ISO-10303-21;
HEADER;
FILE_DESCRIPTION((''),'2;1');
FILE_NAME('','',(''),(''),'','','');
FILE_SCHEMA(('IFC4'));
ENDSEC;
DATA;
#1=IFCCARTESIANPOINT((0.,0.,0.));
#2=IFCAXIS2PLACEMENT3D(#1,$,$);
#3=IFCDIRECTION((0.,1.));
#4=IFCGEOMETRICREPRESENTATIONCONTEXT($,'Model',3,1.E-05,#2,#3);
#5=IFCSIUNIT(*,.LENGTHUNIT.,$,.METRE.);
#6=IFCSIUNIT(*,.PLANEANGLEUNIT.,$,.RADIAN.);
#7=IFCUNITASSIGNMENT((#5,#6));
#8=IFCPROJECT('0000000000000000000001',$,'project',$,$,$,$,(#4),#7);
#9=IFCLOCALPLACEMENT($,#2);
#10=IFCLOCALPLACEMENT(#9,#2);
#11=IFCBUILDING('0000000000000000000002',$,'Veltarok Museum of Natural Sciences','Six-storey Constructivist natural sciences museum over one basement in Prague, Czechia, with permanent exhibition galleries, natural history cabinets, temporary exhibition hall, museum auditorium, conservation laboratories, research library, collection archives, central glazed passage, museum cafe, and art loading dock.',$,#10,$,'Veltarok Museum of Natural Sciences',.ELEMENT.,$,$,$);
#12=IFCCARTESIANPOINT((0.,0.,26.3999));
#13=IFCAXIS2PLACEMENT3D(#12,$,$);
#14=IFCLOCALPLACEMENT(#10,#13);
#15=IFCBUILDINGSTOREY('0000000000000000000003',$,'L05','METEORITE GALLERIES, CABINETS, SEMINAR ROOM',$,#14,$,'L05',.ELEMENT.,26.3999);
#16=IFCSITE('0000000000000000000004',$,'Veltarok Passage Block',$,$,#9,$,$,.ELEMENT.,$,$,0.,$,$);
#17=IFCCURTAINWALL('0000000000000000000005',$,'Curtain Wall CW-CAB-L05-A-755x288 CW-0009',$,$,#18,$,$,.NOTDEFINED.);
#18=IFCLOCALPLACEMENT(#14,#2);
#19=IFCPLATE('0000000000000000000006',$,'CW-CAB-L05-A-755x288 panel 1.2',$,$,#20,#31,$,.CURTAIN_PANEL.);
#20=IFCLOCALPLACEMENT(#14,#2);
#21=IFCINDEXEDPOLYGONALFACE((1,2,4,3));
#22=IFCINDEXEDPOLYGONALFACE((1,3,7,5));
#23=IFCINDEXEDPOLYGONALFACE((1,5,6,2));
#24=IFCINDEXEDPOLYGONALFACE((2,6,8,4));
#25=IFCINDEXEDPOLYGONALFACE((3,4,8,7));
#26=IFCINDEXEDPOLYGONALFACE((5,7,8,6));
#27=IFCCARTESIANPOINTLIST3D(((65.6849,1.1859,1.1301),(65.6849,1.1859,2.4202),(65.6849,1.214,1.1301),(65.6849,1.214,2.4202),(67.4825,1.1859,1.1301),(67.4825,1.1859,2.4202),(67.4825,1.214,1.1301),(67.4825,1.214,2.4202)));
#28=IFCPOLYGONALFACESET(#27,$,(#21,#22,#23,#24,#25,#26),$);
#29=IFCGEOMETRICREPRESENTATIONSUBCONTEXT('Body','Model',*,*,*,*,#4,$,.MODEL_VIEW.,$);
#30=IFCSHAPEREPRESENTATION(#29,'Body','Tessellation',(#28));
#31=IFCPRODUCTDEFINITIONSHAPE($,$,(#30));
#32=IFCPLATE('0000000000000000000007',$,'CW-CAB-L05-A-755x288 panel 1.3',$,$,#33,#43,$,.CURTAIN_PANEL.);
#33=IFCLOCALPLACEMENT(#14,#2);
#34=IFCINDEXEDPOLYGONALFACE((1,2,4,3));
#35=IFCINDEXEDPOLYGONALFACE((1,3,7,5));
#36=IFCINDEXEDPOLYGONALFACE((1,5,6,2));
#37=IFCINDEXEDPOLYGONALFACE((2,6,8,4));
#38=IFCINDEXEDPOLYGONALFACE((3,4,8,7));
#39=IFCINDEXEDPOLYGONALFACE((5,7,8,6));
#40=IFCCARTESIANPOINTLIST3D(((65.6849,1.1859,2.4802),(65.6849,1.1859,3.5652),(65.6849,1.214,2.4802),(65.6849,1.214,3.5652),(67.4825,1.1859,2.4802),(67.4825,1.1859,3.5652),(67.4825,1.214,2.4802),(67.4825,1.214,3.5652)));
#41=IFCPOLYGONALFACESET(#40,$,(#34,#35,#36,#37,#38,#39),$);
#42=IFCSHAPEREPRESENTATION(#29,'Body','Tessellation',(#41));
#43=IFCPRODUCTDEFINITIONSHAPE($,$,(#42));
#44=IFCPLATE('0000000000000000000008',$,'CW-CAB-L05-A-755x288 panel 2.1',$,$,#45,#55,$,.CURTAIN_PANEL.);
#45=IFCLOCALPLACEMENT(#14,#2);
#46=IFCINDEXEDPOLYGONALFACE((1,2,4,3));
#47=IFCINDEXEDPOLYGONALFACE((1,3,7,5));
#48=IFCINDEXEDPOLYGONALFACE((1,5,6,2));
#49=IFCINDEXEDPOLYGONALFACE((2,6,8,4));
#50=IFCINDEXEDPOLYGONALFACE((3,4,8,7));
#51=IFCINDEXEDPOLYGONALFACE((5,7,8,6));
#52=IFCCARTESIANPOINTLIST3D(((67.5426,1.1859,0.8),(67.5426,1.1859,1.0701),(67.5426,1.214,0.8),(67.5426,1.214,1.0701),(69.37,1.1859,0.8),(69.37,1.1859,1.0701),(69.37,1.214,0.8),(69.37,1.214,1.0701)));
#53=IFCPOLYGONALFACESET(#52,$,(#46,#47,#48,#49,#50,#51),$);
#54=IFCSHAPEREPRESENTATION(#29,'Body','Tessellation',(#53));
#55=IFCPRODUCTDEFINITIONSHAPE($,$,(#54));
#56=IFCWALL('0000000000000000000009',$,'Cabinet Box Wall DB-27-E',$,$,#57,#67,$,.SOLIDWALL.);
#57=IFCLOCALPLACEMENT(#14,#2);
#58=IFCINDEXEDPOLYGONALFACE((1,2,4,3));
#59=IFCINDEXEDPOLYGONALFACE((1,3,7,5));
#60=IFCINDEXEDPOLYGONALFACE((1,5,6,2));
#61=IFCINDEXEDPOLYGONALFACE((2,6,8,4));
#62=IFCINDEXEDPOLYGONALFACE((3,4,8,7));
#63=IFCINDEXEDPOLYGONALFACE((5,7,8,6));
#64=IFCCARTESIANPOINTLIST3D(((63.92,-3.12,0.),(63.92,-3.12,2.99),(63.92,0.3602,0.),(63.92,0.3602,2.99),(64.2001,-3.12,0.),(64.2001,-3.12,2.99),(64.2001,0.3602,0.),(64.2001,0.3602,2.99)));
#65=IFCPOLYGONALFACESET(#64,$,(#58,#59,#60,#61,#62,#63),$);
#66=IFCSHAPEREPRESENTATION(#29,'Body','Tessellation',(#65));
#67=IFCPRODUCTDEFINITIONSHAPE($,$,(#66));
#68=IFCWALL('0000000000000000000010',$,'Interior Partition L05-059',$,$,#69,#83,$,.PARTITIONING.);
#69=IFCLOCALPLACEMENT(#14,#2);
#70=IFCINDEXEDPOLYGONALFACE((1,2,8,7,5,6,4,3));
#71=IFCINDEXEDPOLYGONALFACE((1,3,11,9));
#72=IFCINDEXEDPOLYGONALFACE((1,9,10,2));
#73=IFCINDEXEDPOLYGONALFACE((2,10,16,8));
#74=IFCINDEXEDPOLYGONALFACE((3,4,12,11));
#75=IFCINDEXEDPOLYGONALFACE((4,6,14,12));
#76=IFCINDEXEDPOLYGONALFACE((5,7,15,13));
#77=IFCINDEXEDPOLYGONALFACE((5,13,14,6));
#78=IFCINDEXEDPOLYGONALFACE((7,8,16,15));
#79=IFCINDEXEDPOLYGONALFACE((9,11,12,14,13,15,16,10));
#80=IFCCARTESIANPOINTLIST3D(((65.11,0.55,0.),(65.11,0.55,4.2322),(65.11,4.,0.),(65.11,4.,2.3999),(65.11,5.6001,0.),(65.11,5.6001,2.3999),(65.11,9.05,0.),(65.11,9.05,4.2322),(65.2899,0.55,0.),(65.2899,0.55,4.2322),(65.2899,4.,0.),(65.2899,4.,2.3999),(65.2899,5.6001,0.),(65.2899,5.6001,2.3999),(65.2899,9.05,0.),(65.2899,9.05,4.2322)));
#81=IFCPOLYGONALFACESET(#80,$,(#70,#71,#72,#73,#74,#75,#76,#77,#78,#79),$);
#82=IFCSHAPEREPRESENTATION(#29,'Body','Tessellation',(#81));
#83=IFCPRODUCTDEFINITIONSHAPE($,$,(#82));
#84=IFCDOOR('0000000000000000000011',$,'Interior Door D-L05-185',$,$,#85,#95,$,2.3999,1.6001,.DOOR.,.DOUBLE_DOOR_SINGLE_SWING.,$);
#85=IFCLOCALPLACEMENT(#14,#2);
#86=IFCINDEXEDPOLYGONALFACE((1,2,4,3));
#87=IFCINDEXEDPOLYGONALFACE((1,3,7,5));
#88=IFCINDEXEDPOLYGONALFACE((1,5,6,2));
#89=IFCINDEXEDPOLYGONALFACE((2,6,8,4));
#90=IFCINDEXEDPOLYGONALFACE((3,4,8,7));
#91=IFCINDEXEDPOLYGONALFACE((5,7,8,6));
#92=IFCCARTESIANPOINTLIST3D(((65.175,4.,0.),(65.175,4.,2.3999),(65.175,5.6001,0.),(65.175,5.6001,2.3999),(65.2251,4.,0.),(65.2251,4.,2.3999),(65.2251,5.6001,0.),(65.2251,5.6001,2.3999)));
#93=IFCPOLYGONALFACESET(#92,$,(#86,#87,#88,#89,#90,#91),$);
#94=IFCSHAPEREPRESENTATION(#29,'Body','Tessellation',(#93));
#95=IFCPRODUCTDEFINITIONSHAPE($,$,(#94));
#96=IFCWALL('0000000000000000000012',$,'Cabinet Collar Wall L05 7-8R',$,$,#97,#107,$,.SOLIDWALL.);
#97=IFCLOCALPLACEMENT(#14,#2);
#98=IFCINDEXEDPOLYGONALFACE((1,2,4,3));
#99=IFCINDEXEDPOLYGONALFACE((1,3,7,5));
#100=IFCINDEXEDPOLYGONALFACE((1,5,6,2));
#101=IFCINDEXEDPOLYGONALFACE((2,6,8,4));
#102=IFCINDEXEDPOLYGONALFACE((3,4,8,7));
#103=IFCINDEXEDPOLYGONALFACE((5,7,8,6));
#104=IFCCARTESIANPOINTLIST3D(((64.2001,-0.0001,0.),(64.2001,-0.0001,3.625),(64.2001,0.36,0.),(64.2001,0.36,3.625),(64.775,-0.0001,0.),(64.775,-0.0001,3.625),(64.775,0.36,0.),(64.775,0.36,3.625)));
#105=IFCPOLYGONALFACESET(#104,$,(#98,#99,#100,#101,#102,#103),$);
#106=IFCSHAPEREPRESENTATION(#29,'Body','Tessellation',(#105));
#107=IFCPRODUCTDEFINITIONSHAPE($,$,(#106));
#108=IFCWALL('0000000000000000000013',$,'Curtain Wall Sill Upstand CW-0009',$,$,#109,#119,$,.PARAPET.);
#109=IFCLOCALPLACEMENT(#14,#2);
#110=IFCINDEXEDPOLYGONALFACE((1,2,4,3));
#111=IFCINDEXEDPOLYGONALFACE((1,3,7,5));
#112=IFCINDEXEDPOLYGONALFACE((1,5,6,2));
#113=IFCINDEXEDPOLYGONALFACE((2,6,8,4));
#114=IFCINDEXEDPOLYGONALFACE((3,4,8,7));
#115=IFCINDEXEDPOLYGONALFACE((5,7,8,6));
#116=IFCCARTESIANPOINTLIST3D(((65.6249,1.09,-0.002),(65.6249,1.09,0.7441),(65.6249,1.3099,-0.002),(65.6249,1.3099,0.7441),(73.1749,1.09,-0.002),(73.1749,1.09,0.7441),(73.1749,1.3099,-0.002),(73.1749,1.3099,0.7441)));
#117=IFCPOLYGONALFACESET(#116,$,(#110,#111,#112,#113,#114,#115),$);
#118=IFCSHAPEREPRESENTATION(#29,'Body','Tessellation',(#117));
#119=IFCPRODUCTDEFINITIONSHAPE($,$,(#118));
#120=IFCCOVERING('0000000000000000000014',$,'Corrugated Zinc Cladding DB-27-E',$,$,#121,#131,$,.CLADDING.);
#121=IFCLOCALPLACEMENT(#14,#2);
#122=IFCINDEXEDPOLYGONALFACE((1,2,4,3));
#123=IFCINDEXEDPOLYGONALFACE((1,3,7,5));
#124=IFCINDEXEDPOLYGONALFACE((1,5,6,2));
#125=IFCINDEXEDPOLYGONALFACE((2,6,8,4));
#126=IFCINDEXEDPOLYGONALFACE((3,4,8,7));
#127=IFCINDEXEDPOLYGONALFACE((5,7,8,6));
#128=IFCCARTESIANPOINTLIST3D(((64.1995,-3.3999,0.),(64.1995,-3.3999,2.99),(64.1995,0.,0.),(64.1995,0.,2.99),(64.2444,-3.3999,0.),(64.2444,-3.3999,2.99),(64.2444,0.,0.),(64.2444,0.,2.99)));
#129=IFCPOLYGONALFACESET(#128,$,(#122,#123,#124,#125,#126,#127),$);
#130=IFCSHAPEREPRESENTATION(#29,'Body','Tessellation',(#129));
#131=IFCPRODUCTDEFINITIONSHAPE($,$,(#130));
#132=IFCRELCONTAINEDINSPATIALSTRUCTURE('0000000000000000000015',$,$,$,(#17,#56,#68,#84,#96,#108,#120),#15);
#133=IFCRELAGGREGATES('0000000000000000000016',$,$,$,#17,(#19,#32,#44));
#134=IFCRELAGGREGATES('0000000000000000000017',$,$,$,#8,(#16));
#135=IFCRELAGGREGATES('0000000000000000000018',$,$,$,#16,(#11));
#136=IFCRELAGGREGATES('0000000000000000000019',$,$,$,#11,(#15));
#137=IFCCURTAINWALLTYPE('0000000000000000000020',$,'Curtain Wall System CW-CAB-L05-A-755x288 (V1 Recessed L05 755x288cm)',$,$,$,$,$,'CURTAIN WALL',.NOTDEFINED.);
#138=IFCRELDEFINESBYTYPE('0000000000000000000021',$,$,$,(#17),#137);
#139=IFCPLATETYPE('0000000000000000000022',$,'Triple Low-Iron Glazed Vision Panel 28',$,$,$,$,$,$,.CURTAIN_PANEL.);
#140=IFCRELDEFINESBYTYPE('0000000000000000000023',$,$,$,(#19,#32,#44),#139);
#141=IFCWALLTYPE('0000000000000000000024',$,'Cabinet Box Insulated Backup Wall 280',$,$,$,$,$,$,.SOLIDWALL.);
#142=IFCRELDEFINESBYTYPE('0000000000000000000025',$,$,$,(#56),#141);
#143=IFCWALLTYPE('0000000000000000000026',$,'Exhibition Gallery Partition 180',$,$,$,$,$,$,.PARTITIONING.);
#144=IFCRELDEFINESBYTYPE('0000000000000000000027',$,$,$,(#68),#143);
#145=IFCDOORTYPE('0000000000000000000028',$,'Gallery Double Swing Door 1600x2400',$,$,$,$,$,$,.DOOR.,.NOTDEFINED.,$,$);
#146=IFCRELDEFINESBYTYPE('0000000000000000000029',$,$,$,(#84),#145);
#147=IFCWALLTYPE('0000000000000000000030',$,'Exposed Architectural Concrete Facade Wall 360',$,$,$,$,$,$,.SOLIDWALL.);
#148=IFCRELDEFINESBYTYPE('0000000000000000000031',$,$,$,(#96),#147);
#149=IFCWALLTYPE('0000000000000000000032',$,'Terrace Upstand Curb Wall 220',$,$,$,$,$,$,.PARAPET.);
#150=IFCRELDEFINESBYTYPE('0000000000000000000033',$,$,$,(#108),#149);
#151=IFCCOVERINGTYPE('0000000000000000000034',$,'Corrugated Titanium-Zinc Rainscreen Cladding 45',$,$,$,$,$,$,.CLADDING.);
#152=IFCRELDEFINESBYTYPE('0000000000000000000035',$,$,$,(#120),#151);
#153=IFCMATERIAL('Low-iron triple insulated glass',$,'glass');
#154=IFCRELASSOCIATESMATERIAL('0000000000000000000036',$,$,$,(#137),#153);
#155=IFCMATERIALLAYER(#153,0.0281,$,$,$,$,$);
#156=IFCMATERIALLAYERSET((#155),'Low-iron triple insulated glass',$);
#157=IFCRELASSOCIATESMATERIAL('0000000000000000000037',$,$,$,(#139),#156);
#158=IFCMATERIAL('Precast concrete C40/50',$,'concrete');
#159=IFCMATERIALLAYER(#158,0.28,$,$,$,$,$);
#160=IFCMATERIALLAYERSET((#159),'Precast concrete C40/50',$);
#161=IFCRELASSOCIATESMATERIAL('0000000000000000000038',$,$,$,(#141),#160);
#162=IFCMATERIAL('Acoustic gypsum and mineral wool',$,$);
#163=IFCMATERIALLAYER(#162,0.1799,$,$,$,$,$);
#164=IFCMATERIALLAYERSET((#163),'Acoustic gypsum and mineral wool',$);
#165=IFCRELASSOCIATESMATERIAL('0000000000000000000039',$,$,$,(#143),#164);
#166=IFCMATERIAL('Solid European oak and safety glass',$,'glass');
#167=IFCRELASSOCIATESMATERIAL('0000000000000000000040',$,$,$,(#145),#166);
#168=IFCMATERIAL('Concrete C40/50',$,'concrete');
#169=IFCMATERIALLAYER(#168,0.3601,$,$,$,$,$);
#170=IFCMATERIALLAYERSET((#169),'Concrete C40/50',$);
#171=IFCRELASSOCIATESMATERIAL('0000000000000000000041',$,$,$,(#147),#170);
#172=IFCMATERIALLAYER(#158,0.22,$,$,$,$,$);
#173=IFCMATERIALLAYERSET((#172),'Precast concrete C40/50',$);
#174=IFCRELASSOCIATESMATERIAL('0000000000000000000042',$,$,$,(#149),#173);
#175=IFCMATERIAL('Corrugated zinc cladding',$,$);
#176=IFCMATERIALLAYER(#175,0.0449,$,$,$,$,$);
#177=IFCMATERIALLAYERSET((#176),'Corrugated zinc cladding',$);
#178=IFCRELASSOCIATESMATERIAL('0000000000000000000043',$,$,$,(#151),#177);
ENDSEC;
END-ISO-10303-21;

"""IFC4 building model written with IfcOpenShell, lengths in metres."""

from ifc_helpers import new_model, si_unit, direction, frame, frame_2d, origin, origin_2d, place, context, subcontext, project, spatial, rectangle, extrude, material, layer, layer_set, type_object, element, fill, aggregate, save


model = new_model("IFC4")

# Units and contexts
model_context = context("Model", 3, precision=1e-05, world=origin(), true_north=direction((0.0, 1.0)))
body_context = subcontext(model_context, "Body", "Model", "MODEL_VIEW")
ifc_project = project(units=[si_unit("LENGTHUNIT", "METRE"), si_unit("PLANEANGLEUNIT", "RADIAN")], contexts=[model_context])

# Site, building, storey
site_placement = place(None, origin())
site = spatial("IfcSite", under=ifc_project, at=site_placement, Name="Veltarok Passage Block", CompositionType="ELEMENT", RefElevation=0.0)
building_placement = place(site_placement, origin())
building = spatial("IfcBuilding", under=site, at=building_placement, Name="Veltarok Museum of Natural Sciences", Description="Six-storey Constructivist natural sciences museum over one basement in Prague, Czechia, with permanent exhibition galleries, natural history cabinets, temporary exhibition hall, museum auditorium, conservation laboratories, research library, collection archives, central glazed passage, museum cafe, and art loading dock.", LongName="Veltarok Museum of Natural Sciences", CompositionType="ELEMENT")
storey_placement = place(building_placement, frame((0.0, 0.0, 26.3999)))
storey = spatial("IfcBuildingStorey", under=building, at=storey_placement, Name="L05", Description="METEORITE GALLERIES, CABINETS, SEMINAR ROOM", LongName="L05", CompositionType="ELEMENT", Elevation=26.3999)

# Shared definitions
ifc_material_1 = material(Name="Concrete C40/50", Category="concrete")

# Curtain wall
ifc_material_2 = material(Name="Low-iron triple insulated glass", Category="glass")
curtain_wall_type = type_object("IfcCurtainWallType", Name="Curtain Wall System CW-CAB-L05-A-755x288 (V1 Recessed L05 755x288cm)", ElementType="CURTAIN WALL", PredefinedType="NOTDEFINED", material=ifc_material_2)
curtain_wall_placement = place(storey_placement, origin())
curtain_wall = element("IfcCurtainWall", 1, at=curtain_wall_placement, inside=storey, type_object=curtain_wall_type, Name="Curtain Wall CW-CAB-L05-A-755x288 CW-0009", PredefinedType="NOTDEFINED")

# Plates
ifc_layer_1 = layer(ifc_material_2, 0.0281)
ifc_layer_set_1 = layer_set([ifc_layer_1], Name="Low-iron triple insulated glass")
plate_type = type_object("IfcPlateType", Name="Triple Low-Iron Glazed Vision Panel 28", PredefinedType="CURTAIN_PANEL", material=ifc_layer_set_1)
plate_1_placement = place(storey_placement, frame((66.5837, 1.2, 1.1301), z_axis=(0.0, 0.0, 1.0), x_axis=(1.0, 0.0, 0.0)))
plate_1 = element("IfcPlate", 2, at=plate_1_placement, type_object=plate_type, Name="CW-CAB-L05-A-755x288 panel 1.2", PredefinedType="CURTAIN_PANEL", context=body_context, shape_type="SweptSolid", body=[
    extrude(rectangle(XDim=1.7976, YDim=0.0281, at=origin_2d()), origin(), (0.0, 0.0, 1.0), 1.29),
])
plate_2_placement = place(storey_placement, frame((66.5837, 1.2, 2.4802), z_axis=(0.0, 0.0, 1.0), x_axis=(1.0, 0.0, 0.0)))
plate_2 = element("IfcPlate", 3, at=plate_2_placement, type_object=plate_type, Name="CW-CAB-L05-A-755x288 panel 1.3", PredefinedType="CURTAIN_PANEL", context=body_context, shape_type="SweptSolid", body=[
    extrude(rectangle(XDim=1.7976, YDim=0.0281, at=origin_2d()), origin(), (0.0, 0.0, 1.0), 1.085),
])
plate_3_placement = place(storey_placement, frame((68.4563, 1.2, 0.8), z_axis=(0.0, 0.0, 1.0), x_axis=(1.0, 0.0, 0.0)))
plate_3 = element("IfcPlate", 4, at=plate_3_placement, type_object=plate_type, Name="CW-CAB-L05-A-755x288 panel 2.1", PredefinedType="CURTAIN_PANEL", context=body_context, shape_type="SweptSolid", body=[
    extrude(rectangle(XDim=1.8274, YDim=0.0281, at=origin_2d()), origin(), (0.0, 0.0, 1.0), 0.27),
])
aggregate(curtain_wall, [plate_1, plate_2, plate_3])

# Wall
ifc_material_3 = material(Name="Precast concrete C40/50", Category="concrete")
ifc_layer_2 = layer(ifc_material_3, 0.28)
ifc_layer_set_2 = layer_set([ifc_layer_2], Name="Precast concrete C40/50")
wall_type_1 = type_object("IfcWallType", Name="Cabinet Box Insulated Backup Wall 280", PredefinedType="SOLIDWALL", material=ifc_layer_set_2)
wall_1_placement = place(storey_placement, frame((64.0601, -3.1201, 0.0), z_axis=(0.0, 0.0, 1.0), x_axis=(0.0, 1.0, 0.0)))
element("IfcWall", 5, at=wall_1_placement, inside=storey, type_object=wall_type_1, Name="Cabinet Box Wall DB-27-E", PredefinedType="SOLIDWALL", context=body_context, shape_type="SweptSolid", body=[
    extrude(rectangle(XDim=3.4802, YDim=0.28, at=frame_2d((1.7402, 0.0))), origin(), (0.0, 0.0, 1.0), 2.99),
])

# Wall, opening, door
ifc_material_4 = material(Name="Acoustic gypsum and mineral wool")
ifc_layer_3 = layer(ifc_material_4, 0.1799)
ifc_layer_set_3 = layer_set([ifc_layer_3], Name="Acoustic gypsum and mineral wool")
wall_type_2 = type_object("IfcWallType", Name="Exhibition Gallery Partition 180", PredefinedType="PARTITIONING", material=ifc_layer_set_3)
wall_2_placement = place(storey_placement, frame((65.2, 0.55, 0.0), z_axis=(0.0, 0.0, 1.0), x_axis=(0.0, 1.0, 0.0)))
wall_2 = element("IfcWall", 6, at=wall_2_placement, inside=storey, type_object=wall_type_2, Name="Interior Partition L05-059", PredefinedType="PARTITIONING", context=body_context, shape_type="SweptSolid", body=[
    extrude(rectangle(XDim=8.5, YDim=0.1799, at=frame_2d((4.25, 0.0))), origin(), (0.0, 0.0, 1.0), 4.2322),
])
opening_placement = place(wall_2_placement, frame((3.45, 0.0, 0.0)))
opening = element("IfcOpeningElement", 7, at=opening_placement, cuts=wall_2, PredefinedType="OPENING", context=body_context, shape_type="SweptSolid", body=[
    extrude(rectangle(XDim=1.6001, YDim=2.3999, at=frame_2d((0.8, 1.2))), frame((0.0, 0.1001, 0.0), z_axis=(0.0, -1.0, 0.0), x_axis=(1.0, 0.0, 0.0)), (0.0, 0.0, 1.0), 0.2),
])
ifc_material_5 = material(Name="Solid European oak and safety glass", Category="glass")
door_type = type_object("IfcDoorType", Name="Gallery Double Swing Door 1600x2400", OperationType="NOTDEFINED", PredefinedType="DOOR", material=ifc_material_5)
door_placement = place(opening_placement, origin())
door = element("IfcDoor", 8, at=door_placement, inside=storey, type_object=door_type, Name="Interior Door D-L05-185", OperationType="DOUBLE_DOOR_SINGLE_SWING", OverallHeight=2.3999, OverallWidth=1.6001, PredefinedType="DOOR", context=body_context, shape_type="SweptSolid", body=[
    extrude(rectangle(XDim=1.6001, YDim=2.3999, at=frame_2d((0.8, 1.2))), frame((0.0, 0.0249, 0.0), z_axis=(0.0, -1.0, 0.0), x_axis=(1.0, 0.0, 0.0)), (0.0, 0.0, 1.0), 0.05),
])
fill(opening, door)

# Walls
ifc_layer_4 = layer(ifc_material_1, 0.3601)
ifc_layer_set_4 = layer_set([ifc_layer_4], Name="Concrete C40/50")
wall_type_3 = type_object("IfcWallType", Name="Exposed Architectural Concrete Facade Wall 360", PredefinedType="SOLIDWALL", material=ifc_layer_set_4)
wall_3_placement = place(storey_placement, frame((64.2, 0.1799, 0.0), z_axis=(0.0, 0.0, 1.0), x_axis=(1.0, 0.0, 0.0)))
element("IfcWall", 9, at=wall_3_placement, inside=storey, type_object=wall_type_3, Name="Cabinet Collar Wall L05 7-8R", PredefinedType="SOLIDWALL", context=body_context, shape_type="SweptSolid", body=[
    extrude(rectangle(XDim=0.575, YDim=0.3601, at=frame_2d((0.2876, 0.0))), origin(), (0.0, 0.0, 1.0), 3.625),
])
ifc_layer_5 = layer(ifc_material_3, 0.22)
ifc_layer_set_5 = layer_set([ifc_layer_5], Name="Precast concrete C40/50")
wall_type_4 = type_object("IfcWallType", Name="Terrace Upstand Curb Wall 220", PredefinedType="PARAPET", material=ifc_layer_set_5)
wall_4_placement = place(storey_placement, frame((65.625, 1.2, -0.002), z_axis=(0.0, 0.0, 1.0), x_axis=(1.0, 0.0, 0.0)))
element("IfcWall", 10, at=wall_4_placement, inside=storey, type_object=wall_type_4, Name="Curtain Wall Sill Upstand CW-0009", PredefinedType="PARAPET", context=body_context, shape_type="SweptSolid", body=[
    extrude(rectangle(XDim=7.55, YDim=0.22, at=frame_2d((3.7749, 0.0))), origin(), (0.0, 0.0, 1.0), 0.7461),
])

# Covering
ifc_material_6 = material(Name="Corrugated zinc cladding")
ifc_layer_6 = layer(ifc_material_6, 0.0449)
ifc_layer_set_6 = layer_set([ifc_layer_6], Name="Corrugated zinc cladding")
covering_type = type_object("IfcCoveringType", Name="Corrugated Titanium-Zinc Rainscreen Cladding 45", PredefinedType="CLADDING", material=ifc_layer_set_6)
covering_placement = place(storey_placement, frame((64.2219, -3.3999, 0.0), z_axis=(0.0, 0.0, 1.0), x_axis=(0.0, 1.0, 0.0)))
element("IfcCovering", 11, at=covering_placement, inside=storey, type_object=covering_type, Name="Corrugated Zinc Cladding DB-27-E", PredefinedType="CLADDING", context=body_context, shape_type="SweptSolid", body=[
    extrude(rectangle(XDim=3.3999, YDim=0.0449, at=frame_2d((1.7, 0.0))), origin(), (0.0, 0.0, 1.0), 2.99),
])

save(model, "model.ifc")
